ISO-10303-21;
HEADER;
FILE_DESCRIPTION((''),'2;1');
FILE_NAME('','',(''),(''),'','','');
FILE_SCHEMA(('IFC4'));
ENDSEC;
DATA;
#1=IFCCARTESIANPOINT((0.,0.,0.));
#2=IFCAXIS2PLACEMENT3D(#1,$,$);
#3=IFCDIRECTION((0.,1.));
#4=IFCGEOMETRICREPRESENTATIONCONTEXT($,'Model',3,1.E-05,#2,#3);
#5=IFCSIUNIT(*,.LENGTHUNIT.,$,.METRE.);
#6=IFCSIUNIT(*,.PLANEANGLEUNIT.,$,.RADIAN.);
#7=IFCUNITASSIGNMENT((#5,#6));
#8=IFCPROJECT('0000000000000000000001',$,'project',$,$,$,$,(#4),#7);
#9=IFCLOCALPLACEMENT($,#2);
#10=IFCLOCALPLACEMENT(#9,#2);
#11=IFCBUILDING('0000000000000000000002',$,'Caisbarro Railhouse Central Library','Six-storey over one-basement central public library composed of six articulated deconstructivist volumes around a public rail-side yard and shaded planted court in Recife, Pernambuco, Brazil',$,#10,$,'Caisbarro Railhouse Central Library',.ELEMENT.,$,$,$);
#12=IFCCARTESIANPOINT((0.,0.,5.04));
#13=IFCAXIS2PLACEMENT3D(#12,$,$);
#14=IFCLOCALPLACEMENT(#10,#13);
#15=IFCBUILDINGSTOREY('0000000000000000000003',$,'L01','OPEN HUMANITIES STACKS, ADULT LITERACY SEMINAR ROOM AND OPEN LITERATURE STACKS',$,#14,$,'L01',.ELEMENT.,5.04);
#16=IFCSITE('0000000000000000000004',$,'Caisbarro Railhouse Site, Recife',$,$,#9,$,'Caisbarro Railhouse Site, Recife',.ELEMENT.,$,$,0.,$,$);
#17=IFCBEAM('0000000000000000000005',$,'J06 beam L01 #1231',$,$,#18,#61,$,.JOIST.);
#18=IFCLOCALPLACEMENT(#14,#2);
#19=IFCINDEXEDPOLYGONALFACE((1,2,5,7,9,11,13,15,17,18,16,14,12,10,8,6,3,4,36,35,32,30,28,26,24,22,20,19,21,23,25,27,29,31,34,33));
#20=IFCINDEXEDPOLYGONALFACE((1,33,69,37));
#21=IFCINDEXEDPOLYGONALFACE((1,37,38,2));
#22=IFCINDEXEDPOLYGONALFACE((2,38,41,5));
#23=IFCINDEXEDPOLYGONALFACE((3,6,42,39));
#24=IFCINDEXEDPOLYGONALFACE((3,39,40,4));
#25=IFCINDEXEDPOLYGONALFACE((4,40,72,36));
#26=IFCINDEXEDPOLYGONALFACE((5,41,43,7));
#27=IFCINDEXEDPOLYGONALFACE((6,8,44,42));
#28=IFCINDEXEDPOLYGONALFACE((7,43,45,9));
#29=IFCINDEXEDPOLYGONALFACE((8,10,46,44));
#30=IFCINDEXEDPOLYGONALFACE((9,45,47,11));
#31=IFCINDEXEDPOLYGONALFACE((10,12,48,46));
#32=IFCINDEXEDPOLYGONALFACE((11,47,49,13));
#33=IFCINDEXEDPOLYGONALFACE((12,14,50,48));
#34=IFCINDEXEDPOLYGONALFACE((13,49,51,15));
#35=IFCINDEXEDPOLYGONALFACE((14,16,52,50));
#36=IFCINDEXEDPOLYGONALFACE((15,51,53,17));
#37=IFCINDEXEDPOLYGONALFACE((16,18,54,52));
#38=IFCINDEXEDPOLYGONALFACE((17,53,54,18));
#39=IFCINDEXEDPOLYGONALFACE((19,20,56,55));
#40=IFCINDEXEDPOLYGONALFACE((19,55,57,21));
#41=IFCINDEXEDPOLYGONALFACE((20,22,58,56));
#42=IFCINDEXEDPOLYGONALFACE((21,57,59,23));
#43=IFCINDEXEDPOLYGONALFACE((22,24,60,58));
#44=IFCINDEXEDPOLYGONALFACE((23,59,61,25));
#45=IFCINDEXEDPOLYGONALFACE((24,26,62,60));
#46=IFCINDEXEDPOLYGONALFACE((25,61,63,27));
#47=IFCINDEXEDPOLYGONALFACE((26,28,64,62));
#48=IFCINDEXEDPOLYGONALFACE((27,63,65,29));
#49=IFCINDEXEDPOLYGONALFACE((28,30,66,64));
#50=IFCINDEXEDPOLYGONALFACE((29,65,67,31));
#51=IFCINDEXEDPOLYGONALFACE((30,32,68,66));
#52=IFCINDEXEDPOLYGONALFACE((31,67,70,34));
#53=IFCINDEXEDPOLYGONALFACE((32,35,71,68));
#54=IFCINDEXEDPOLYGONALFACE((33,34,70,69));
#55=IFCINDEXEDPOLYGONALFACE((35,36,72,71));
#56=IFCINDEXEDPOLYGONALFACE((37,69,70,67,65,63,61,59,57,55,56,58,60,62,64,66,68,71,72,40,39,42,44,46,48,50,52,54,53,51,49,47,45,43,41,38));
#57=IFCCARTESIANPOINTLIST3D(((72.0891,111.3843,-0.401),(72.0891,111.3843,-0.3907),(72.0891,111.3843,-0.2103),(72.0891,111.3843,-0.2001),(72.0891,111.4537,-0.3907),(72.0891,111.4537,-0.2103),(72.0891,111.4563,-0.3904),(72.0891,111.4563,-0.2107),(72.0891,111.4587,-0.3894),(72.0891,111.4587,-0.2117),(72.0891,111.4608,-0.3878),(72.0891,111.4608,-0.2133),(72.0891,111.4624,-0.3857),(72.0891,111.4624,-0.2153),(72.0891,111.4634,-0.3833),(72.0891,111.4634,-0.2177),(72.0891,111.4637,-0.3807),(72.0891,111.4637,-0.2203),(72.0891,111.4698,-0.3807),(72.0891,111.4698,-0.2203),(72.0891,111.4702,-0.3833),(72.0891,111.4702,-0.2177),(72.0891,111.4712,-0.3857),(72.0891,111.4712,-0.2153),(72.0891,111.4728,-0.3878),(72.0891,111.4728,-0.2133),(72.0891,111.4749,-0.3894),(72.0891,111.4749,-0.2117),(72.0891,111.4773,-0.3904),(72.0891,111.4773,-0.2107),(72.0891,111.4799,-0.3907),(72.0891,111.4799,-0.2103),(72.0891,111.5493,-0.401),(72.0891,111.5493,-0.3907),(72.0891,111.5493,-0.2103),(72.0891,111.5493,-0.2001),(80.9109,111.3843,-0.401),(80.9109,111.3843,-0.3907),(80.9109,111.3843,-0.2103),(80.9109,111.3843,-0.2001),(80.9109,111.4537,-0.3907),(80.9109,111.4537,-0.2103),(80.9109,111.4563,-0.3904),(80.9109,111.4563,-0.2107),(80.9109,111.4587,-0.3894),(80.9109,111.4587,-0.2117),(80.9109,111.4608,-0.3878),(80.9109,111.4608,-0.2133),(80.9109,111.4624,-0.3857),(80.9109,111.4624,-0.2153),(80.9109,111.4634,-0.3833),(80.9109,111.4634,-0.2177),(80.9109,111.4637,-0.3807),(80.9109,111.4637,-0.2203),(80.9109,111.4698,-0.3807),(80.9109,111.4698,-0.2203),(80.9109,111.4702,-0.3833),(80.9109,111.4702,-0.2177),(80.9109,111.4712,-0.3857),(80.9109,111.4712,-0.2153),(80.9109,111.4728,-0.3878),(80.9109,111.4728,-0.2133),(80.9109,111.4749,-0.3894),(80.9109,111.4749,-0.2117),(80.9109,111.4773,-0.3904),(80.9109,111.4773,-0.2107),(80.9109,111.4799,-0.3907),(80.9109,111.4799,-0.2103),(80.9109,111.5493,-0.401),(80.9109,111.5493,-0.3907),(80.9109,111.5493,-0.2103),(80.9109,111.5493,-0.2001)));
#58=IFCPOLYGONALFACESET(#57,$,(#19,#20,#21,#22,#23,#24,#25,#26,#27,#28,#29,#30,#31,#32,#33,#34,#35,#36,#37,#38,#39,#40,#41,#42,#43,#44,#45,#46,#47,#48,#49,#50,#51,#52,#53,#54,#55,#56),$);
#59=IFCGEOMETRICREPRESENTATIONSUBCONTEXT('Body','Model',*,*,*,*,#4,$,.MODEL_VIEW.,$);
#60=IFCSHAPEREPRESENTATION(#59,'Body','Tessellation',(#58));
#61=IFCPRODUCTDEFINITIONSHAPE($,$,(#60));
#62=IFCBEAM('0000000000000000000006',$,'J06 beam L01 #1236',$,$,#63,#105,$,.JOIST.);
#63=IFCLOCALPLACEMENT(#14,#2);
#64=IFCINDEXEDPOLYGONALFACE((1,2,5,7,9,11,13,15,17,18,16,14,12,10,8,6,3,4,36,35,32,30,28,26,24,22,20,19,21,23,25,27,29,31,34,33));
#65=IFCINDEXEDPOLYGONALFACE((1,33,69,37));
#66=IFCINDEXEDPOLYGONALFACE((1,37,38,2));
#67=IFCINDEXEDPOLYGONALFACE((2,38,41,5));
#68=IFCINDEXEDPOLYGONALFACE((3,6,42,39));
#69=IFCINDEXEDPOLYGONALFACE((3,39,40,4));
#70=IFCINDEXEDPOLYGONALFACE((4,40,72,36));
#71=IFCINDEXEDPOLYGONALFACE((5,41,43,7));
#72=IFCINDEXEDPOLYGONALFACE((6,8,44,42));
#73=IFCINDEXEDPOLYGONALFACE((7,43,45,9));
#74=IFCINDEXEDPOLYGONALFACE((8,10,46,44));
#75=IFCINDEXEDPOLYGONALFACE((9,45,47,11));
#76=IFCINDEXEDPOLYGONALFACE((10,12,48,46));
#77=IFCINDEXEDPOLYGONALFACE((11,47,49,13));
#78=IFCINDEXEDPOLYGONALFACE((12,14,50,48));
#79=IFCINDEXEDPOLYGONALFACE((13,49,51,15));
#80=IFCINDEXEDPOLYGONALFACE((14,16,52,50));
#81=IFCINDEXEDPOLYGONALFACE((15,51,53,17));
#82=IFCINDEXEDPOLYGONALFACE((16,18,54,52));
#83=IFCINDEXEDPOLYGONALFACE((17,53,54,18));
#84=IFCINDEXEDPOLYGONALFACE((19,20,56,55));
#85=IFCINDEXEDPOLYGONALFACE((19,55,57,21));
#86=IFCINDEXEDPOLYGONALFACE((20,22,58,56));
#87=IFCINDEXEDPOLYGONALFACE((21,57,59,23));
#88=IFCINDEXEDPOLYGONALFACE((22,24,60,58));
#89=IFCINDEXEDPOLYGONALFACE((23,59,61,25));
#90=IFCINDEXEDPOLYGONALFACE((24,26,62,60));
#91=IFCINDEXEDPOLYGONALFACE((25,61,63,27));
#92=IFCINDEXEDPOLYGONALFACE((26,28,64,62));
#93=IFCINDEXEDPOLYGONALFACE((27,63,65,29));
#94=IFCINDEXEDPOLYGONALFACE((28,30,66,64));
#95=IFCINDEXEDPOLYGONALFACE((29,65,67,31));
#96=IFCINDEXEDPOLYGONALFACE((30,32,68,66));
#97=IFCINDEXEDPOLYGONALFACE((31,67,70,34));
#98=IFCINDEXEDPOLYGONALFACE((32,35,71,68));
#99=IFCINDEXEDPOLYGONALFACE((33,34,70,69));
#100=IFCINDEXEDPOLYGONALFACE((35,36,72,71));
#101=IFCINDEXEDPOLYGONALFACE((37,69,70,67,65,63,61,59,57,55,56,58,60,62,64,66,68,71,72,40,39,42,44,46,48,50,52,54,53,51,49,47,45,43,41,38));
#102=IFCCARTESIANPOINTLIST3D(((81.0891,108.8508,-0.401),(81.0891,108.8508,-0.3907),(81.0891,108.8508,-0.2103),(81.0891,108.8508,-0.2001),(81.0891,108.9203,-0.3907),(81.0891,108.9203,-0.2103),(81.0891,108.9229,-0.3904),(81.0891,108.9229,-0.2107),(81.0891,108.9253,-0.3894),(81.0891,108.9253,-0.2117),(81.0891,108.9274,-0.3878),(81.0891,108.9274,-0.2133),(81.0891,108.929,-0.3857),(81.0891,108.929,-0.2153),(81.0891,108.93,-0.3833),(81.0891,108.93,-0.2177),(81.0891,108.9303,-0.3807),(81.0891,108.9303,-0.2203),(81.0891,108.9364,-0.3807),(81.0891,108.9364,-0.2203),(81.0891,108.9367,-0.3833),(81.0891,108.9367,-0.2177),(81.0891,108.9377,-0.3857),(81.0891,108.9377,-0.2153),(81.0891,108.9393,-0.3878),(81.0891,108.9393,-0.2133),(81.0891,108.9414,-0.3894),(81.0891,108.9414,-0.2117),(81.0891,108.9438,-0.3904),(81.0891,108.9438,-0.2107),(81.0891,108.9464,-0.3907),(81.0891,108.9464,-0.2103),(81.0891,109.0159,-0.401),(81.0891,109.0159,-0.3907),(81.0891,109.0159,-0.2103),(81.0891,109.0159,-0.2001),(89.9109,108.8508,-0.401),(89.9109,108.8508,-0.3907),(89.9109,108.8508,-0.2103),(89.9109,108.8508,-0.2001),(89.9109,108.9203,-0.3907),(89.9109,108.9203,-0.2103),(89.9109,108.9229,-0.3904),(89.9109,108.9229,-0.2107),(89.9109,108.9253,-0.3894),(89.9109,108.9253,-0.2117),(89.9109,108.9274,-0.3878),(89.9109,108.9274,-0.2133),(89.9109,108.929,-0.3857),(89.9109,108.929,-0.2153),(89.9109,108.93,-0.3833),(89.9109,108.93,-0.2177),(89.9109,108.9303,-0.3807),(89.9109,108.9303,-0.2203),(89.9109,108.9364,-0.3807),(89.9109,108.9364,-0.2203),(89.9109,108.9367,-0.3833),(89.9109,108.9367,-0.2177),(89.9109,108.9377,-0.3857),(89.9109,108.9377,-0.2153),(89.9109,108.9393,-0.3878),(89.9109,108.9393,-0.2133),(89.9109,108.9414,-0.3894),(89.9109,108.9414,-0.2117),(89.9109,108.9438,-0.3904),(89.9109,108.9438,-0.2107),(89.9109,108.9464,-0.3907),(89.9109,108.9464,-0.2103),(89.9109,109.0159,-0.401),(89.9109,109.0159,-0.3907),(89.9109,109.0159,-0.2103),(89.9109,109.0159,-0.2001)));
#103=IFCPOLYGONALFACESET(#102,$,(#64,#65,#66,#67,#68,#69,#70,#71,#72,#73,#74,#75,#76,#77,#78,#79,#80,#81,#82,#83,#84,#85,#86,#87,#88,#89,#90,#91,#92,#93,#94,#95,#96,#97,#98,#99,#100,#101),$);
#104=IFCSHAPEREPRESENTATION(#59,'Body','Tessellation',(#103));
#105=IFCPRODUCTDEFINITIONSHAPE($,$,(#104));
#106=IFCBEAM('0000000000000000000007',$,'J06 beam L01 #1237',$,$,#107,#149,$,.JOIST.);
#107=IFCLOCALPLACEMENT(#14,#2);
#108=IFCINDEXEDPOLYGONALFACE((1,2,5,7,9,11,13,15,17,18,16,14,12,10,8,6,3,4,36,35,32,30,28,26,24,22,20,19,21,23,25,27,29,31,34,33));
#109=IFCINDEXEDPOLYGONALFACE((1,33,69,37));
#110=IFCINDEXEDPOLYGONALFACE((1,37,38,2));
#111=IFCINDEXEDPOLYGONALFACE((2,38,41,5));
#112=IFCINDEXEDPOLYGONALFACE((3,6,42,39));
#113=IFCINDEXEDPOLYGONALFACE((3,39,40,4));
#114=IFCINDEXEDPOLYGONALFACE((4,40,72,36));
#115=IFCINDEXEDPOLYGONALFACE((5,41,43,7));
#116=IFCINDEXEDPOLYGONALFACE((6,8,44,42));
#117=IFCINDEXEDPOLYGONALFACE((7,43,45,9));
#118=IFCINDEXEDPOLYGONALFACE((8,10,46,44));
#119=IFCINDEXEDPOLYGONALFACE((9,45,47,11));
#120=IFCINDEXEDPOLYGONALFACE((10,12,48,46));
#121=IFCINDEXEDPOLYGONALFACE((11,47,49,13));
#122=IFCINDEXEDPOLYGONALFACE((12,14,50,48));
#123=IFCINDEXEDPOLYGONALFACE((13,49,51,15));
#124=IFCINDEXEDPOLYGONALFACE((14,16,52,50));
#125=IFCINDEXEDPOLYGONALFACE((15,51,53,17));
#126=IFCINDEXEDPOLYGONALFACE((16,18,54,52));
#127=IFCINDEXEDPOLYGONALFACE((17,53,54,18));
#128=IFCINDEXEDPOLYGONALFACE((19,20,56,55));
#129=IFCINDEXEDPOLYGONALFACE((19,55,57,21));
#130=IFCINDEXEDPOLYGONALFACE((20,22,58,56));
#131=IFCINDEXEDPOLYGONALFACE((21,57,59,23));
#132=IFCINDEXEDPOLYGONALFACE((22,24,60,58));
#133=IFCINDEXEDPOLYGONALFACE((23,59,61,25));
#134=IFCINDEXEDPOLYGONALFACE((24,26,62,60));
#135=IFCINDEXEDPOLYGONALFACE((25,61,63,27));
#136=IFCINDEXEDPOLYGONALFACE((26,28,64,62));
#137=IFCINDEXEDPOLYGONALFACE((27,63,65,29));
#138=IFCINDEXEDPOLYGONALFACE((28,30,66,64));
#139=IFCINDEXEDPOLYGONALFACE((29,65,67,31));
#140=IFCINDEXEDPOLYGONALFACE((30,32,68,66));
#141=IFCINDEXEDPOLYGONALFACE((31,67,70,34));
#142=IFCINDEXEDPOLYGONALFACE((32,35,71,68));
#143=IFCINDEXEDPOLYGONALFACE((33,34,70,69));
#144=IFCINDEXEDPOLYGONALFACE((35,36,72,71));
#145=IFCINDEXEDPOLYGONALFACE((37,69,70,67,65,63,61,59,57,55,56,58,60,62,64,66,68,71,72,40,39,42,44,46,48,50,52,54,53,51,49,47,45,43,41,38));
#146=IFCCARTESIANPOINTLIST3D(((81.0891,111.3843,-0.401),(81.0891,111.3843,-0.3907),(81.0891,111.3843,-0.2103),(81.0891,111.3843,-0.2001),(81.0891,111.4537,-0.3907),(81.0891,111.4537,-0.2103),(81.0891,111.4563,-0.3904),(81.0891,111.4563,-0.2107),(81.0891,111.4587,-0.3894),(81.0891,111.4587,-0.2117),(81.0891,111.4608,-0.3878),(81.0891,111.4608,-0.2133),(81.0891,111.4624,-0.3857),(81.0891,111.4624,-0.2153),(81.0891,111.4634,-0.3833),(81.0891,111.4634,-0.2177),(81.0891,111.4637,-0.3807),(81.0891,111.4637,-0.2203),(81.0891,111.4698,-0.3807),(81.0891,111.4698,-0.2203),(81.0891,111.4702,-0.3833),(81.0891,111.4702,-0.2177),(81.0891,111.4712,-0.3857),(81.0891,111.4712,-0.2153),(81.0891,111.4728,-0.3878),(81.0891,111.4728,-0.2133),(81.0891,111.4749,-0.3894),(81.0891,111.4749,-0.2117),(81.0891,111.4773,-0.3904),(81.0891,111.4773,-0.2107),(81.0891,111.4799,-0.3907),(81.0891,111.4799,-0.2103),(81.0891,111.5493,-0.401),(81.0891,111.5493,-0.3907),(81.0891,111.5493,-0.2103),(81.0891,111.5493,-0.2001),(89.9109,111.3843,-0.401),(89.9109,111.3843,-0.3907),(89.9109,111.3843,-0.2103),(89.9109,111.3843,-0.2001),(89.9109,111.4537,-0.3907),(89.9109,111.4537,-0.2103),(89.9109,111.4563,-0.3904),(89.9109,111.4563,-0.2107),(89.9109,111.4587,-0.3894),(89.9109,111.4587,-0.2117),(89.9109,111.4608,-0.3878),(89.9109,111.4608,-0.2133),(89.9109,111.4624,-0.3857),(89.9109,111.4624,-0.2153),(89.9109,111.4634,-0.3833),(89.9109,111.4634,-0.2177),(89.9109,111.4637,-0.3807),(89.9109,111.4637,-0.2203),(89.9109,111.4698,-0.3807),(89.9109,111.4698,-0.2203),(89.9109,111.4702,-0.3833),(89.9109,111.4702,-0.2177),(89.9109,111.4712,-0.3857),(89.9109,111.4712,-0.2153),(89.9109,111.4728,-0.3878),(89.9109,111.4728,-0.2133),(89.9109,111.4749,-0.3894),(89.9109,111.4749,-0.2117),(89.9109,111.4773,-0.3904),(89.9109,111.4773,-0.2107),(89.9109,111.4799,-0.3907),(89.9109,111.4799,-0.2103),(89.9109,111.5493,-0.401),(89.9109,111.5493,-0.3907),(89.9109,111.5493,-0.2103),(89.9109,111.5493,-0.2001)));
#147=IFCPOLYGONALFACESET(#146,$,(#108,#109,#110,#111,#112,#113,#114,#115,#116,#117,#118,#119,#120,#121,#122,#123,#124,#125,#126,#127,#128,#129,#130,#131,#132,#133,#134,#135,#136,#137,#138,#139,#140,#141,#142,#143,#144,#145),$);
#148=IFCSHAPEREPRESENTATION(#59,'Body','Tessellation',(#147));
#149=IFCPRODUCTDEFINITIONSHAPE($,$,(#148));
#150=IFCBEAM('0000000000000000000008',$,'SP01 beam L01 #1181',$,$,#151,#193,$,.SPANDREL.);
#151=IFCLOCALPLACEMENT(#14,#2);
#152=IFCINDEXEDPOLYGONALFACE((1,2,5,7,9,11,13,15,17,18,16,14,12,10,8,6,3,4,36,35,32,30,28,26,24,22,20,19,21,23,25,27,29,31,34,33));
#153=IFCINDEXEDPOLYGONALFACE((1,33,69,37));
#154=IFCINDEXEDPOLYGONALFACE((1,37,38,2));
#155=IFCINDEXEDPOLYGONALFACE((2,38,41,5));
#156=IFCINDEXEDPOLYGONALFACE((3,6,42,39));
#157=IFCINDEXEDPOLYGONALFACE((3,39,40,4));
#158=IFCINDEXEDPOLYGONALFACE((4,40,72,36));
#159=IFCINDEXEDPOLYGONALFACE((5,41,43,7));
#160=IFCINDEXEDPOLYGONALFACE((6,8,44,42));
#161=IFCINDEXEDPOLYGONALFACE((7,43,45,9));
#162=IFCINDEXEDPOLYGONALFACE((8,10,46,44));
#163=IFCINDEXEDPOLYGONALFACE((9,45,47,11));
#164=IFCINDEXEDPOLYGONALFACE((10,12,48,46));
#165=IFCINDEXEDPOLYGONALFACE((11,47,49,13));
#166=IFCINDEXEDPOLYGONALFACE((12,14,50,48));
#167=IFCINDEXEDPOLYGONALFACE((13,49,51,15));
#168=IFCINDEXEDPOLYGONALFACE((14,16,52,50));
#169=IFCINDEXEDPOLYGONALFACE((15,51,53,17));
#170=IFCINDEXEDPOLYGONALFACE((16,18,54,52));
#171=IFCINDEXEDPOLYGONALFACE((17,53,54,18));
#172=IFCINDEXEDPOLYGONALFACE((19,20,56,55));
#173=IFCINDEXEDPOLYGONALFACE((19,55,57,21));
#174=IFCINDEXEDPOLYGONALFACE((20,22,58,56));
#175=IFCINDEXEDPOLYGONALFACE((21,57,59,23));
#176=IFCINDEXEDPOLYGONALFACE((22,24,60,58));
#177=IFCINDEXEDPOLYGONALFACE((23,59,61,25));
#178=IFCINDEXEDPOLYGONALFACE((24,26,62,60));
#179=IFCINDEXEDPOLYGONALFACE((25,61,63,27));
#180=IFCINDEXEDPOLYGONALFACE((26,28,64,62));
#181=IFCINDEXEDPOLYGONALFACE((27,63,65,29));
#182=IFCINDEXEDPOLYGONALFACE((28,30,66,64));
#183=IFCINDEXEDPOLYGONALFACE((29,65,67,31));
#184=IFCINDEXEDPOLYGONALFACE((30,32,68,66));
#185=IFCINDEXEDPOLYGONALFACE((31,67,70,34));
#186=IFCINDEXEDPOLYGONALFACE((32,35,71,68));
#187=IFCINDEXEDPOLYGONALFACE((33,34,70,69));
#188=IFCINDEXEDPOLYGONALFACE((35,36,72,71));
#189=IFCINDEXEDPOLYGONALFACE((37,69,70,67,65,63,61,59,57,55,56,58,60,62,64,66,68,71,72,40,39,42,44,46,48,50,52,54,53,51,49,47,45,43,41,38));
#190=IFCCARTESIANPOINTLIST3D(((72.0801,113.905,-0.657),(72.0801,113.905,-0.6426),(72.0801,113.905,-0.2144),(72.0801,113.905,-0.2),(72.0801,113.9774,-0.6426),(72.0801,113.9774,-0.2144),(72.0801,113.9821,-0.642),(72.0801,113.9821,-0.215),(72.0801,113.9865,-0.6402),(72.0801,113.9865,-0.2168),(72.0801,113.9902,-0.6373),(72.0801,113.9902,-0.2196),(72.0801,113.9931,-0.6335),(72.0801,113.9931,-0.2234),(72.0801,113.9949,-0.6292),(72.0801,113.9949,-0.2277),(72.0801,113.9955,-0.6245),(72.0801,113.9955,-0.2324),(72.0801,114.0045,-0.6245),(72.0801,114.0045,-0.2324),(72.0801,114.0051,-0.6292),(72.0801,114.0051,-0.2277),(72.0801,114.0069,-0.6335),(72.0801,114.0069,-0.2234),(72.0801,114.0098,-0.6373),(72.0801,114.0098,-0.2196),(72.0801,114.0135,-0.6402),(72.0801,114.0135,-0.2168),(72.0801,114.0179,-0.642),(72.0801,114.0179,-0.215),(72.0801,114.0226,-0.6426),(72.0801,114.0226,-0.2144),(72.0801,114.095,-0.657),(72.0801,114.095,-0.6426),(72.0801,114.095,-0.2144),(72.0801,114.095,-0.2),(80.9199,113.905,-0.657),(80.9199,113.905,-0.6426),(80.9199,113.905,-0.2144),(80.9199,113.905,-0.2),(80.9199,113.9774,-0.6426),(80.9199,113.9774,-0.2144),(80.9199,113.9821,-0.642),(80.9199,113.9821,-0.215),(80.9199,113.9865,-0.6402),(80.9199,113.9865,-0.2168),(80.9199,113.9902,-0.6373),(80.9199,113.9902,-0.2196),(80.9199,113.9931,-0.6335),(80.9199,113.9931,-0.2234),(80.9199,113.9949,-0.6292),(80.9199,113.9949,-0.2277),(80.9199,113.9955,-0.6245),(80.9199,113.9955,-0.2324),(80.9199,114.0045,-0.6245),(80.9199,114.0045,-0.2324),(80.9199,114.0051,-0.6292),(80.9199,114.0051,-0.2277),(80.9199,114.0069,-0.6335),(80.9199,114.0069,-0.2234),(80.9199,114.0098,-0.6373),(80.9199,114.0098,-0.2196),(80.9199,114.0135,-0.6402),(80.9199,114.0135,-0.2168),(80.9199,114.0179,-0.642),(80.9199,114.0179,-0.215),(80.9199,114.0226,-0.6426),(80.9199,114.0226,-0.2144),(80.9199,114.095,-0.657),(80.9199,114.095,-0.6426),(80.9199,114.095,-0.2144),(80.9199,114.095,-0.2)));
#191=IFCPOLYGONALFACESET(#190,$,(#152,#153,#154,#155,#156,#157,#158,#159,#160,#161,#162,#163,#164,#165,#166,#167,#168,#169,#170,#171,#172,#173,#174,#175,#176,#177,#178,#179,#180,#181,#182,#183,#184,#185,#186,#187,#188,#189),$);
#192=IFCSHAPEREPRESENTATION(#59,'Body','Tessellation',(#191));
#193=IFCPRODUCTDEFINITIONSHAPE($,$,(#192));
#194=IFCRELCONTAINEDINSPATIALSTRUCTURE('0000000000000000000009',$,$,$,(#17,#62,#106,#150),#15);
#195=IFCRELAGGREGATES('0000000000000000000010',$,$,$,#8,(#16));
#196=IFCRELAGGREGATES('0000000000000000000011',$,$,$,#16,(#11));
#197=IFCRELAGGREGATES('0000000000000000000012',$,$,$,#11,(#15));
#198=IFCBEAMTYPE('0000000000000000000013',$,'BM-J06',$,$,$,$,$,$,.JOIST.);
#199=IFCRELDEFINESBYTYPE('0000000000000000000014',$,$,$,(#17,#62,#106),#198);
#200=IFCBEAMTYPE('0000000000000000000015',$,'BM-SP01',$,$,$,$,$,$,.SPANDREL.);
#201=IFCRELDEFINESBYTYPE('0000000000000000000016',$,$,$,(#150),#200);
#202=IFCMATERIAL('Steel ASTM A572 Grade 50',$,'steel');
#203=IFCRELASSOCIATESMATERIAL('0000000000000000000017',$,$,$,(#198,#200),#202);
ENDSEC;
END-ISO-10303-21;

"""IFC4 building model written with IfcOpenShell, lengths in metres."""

from ifc_helpers import new_model, si_unit, direction, frame, origin, origin_2d, place, context, subcontext, project, spatial, i_section, extrude, material, material_profile, profile_set, type_object, element, save


model = new_model("IFC4")

# Units and contexts
model_context = context("Model", 3, precision=1e-05, world=origin(), true_north=direction((0.0, 1.0)))
body_context = subcontext(model_context, "Body", "Model", "MODEL_VIEW")
ifc_project = project(units=[si_unit("LENGTHUNIT", "METRE"), si_unit("PLANEANGLEUNIT", "RADIAN")], contexts=[model_context])

# Site, building, storey
site_placement = place(None, origin())
site = spatial("IfcSite", under=ifc_project, at=site_placement, Name="Caisbarro Railhouse Site, Recife", LongName="Caisbarro Railhouse Site, Recife", CompositionType="ELEMENT", RefElevation=0.0)
building_placement = place(site_placement, origin())
building = spatial("IfcBuilding", under=site, at=building_placement, Name="Caisbarro Railhouse Central Library", Description="Six-storey over one-basement central public library composed of six articulated deconstructivist volumes around a public rail-side yard and shaded planted court in Recife, Pernambuco, Brazil", LongName="Caisbarro Railhouse Central Library", CompositionType="ELEMENT")
storey_placement = place(building_placement, frame((0.0, 0.0, 5.04)))
storey = spatial("IfcBuildingStorey", under=building, at=storey_placement, Name="L01", Description="OPEN HUMANITIES STACKS, ADULT LITERACY SEMINAR ROOM AND OPEN LITERATURE STACKS", LongName="L01", CompositionType="ELEMENT", Elevation=5.04)

# Shared definitions
ifc_material_1 = material(Name="Steel ASTM A572 Grade 50", Category="steel")

# Beams
ifc_material_profile_1 = material_profile(ifc_material_1, i_section(OverallWidth=0.165, OverallDepth=0.2009, WebThickness=0.0061, FlangeThickness=0.0103, FilletRadius=0.01, at=origin_2d()), Name="W200X35.9")
ifc_profile_set_1 = profile_set([ifc_material_profile_1], Name="Steel ASTM A572 Grade 50")
beam_type_1 = type_object("IfcBeamType", Name="BM-J06", PredefinedType="JOIST", material=ifc_profile_set_1)
for number, where, z_axis, x_axis, name in (
    (1, (72.0891, 111.4668, -0.3005), (1.0, 0.0, 0.0), (0.0, 1.0, 0.0), "J06 beam L01 #1231"),
    (2, (81.0891, 108.9333, -0.3005), (1.0, 0.0, 0.0), (0.0, 1.0, 0.0), "J06 beam L01 #1236"),
    (3, (81.0891, 111.4668, -0.3005), (1.0, 0.0, 0.0), (0.0, 1.0, 0.0), "J06 beam L01 #1237"),
):
    element("IfcBeam", number, at=place(storey_placement, frame(where, z_axis=z_axis, x_axis=x_axis)), inside=storey, type_object=beam_type_1, Name=name, PredefinedType="JOIST", context=body_context, shape_type="SweptSolid", body=[
        extrude(i_section(OverallWidth=0.165, OverallDepth=0.2009, WebThickness=0.0061, FlangeThickness=0.0103, FilletRadius=0.01, at=origin_2d()), origin(), (0.0, 0.0, 1.0), 8.8218),
    ])
ifc_material_profile_2 = material_profile(ifc_material_1, i_section(OverallWidth=0.1899, OverallDepth=0.457, WebThickness=0.009, FlangeThickness=0.0144, FilletRadius=0.0181, at=origin_2d()), Name="W460X74.0")
ifc_profile_set_2 = profile_set([ifc_material_profile_2], Name="Steel ASTM A572 Grade 50")
beam_type_2 = type_object("IfcBeamType", Name="BM-SP01", PredefinedType="SPANDREL", material=ifc_profile_set_2)
beam_1_placement = place(storey_placement, frame((72.0801, 114.0, -0.4285), z_axis=(1.0, 0.0, 0.0), x_axis=(0.0, 1.0, 0.0)))
element("IfcBeam", 4, at=beam_1_placement, inside=storey, type_object=beam_type_2, Name="SP01 beam L01 #1181", PredefinedType="SPANDREL", context=body_context, shape_type="SweptSolid", body=[
    extrude(i_section(OverallWidth=0.1899, OverallDepth=0.457, WebThickness=0.009, FlangeThickness=0.0144, FilletRadius=0.0181, at=origin_2d()), origin(), (0.0, 0.0, 1.0), 8.8398),
])

save(model, "model.ifc")
